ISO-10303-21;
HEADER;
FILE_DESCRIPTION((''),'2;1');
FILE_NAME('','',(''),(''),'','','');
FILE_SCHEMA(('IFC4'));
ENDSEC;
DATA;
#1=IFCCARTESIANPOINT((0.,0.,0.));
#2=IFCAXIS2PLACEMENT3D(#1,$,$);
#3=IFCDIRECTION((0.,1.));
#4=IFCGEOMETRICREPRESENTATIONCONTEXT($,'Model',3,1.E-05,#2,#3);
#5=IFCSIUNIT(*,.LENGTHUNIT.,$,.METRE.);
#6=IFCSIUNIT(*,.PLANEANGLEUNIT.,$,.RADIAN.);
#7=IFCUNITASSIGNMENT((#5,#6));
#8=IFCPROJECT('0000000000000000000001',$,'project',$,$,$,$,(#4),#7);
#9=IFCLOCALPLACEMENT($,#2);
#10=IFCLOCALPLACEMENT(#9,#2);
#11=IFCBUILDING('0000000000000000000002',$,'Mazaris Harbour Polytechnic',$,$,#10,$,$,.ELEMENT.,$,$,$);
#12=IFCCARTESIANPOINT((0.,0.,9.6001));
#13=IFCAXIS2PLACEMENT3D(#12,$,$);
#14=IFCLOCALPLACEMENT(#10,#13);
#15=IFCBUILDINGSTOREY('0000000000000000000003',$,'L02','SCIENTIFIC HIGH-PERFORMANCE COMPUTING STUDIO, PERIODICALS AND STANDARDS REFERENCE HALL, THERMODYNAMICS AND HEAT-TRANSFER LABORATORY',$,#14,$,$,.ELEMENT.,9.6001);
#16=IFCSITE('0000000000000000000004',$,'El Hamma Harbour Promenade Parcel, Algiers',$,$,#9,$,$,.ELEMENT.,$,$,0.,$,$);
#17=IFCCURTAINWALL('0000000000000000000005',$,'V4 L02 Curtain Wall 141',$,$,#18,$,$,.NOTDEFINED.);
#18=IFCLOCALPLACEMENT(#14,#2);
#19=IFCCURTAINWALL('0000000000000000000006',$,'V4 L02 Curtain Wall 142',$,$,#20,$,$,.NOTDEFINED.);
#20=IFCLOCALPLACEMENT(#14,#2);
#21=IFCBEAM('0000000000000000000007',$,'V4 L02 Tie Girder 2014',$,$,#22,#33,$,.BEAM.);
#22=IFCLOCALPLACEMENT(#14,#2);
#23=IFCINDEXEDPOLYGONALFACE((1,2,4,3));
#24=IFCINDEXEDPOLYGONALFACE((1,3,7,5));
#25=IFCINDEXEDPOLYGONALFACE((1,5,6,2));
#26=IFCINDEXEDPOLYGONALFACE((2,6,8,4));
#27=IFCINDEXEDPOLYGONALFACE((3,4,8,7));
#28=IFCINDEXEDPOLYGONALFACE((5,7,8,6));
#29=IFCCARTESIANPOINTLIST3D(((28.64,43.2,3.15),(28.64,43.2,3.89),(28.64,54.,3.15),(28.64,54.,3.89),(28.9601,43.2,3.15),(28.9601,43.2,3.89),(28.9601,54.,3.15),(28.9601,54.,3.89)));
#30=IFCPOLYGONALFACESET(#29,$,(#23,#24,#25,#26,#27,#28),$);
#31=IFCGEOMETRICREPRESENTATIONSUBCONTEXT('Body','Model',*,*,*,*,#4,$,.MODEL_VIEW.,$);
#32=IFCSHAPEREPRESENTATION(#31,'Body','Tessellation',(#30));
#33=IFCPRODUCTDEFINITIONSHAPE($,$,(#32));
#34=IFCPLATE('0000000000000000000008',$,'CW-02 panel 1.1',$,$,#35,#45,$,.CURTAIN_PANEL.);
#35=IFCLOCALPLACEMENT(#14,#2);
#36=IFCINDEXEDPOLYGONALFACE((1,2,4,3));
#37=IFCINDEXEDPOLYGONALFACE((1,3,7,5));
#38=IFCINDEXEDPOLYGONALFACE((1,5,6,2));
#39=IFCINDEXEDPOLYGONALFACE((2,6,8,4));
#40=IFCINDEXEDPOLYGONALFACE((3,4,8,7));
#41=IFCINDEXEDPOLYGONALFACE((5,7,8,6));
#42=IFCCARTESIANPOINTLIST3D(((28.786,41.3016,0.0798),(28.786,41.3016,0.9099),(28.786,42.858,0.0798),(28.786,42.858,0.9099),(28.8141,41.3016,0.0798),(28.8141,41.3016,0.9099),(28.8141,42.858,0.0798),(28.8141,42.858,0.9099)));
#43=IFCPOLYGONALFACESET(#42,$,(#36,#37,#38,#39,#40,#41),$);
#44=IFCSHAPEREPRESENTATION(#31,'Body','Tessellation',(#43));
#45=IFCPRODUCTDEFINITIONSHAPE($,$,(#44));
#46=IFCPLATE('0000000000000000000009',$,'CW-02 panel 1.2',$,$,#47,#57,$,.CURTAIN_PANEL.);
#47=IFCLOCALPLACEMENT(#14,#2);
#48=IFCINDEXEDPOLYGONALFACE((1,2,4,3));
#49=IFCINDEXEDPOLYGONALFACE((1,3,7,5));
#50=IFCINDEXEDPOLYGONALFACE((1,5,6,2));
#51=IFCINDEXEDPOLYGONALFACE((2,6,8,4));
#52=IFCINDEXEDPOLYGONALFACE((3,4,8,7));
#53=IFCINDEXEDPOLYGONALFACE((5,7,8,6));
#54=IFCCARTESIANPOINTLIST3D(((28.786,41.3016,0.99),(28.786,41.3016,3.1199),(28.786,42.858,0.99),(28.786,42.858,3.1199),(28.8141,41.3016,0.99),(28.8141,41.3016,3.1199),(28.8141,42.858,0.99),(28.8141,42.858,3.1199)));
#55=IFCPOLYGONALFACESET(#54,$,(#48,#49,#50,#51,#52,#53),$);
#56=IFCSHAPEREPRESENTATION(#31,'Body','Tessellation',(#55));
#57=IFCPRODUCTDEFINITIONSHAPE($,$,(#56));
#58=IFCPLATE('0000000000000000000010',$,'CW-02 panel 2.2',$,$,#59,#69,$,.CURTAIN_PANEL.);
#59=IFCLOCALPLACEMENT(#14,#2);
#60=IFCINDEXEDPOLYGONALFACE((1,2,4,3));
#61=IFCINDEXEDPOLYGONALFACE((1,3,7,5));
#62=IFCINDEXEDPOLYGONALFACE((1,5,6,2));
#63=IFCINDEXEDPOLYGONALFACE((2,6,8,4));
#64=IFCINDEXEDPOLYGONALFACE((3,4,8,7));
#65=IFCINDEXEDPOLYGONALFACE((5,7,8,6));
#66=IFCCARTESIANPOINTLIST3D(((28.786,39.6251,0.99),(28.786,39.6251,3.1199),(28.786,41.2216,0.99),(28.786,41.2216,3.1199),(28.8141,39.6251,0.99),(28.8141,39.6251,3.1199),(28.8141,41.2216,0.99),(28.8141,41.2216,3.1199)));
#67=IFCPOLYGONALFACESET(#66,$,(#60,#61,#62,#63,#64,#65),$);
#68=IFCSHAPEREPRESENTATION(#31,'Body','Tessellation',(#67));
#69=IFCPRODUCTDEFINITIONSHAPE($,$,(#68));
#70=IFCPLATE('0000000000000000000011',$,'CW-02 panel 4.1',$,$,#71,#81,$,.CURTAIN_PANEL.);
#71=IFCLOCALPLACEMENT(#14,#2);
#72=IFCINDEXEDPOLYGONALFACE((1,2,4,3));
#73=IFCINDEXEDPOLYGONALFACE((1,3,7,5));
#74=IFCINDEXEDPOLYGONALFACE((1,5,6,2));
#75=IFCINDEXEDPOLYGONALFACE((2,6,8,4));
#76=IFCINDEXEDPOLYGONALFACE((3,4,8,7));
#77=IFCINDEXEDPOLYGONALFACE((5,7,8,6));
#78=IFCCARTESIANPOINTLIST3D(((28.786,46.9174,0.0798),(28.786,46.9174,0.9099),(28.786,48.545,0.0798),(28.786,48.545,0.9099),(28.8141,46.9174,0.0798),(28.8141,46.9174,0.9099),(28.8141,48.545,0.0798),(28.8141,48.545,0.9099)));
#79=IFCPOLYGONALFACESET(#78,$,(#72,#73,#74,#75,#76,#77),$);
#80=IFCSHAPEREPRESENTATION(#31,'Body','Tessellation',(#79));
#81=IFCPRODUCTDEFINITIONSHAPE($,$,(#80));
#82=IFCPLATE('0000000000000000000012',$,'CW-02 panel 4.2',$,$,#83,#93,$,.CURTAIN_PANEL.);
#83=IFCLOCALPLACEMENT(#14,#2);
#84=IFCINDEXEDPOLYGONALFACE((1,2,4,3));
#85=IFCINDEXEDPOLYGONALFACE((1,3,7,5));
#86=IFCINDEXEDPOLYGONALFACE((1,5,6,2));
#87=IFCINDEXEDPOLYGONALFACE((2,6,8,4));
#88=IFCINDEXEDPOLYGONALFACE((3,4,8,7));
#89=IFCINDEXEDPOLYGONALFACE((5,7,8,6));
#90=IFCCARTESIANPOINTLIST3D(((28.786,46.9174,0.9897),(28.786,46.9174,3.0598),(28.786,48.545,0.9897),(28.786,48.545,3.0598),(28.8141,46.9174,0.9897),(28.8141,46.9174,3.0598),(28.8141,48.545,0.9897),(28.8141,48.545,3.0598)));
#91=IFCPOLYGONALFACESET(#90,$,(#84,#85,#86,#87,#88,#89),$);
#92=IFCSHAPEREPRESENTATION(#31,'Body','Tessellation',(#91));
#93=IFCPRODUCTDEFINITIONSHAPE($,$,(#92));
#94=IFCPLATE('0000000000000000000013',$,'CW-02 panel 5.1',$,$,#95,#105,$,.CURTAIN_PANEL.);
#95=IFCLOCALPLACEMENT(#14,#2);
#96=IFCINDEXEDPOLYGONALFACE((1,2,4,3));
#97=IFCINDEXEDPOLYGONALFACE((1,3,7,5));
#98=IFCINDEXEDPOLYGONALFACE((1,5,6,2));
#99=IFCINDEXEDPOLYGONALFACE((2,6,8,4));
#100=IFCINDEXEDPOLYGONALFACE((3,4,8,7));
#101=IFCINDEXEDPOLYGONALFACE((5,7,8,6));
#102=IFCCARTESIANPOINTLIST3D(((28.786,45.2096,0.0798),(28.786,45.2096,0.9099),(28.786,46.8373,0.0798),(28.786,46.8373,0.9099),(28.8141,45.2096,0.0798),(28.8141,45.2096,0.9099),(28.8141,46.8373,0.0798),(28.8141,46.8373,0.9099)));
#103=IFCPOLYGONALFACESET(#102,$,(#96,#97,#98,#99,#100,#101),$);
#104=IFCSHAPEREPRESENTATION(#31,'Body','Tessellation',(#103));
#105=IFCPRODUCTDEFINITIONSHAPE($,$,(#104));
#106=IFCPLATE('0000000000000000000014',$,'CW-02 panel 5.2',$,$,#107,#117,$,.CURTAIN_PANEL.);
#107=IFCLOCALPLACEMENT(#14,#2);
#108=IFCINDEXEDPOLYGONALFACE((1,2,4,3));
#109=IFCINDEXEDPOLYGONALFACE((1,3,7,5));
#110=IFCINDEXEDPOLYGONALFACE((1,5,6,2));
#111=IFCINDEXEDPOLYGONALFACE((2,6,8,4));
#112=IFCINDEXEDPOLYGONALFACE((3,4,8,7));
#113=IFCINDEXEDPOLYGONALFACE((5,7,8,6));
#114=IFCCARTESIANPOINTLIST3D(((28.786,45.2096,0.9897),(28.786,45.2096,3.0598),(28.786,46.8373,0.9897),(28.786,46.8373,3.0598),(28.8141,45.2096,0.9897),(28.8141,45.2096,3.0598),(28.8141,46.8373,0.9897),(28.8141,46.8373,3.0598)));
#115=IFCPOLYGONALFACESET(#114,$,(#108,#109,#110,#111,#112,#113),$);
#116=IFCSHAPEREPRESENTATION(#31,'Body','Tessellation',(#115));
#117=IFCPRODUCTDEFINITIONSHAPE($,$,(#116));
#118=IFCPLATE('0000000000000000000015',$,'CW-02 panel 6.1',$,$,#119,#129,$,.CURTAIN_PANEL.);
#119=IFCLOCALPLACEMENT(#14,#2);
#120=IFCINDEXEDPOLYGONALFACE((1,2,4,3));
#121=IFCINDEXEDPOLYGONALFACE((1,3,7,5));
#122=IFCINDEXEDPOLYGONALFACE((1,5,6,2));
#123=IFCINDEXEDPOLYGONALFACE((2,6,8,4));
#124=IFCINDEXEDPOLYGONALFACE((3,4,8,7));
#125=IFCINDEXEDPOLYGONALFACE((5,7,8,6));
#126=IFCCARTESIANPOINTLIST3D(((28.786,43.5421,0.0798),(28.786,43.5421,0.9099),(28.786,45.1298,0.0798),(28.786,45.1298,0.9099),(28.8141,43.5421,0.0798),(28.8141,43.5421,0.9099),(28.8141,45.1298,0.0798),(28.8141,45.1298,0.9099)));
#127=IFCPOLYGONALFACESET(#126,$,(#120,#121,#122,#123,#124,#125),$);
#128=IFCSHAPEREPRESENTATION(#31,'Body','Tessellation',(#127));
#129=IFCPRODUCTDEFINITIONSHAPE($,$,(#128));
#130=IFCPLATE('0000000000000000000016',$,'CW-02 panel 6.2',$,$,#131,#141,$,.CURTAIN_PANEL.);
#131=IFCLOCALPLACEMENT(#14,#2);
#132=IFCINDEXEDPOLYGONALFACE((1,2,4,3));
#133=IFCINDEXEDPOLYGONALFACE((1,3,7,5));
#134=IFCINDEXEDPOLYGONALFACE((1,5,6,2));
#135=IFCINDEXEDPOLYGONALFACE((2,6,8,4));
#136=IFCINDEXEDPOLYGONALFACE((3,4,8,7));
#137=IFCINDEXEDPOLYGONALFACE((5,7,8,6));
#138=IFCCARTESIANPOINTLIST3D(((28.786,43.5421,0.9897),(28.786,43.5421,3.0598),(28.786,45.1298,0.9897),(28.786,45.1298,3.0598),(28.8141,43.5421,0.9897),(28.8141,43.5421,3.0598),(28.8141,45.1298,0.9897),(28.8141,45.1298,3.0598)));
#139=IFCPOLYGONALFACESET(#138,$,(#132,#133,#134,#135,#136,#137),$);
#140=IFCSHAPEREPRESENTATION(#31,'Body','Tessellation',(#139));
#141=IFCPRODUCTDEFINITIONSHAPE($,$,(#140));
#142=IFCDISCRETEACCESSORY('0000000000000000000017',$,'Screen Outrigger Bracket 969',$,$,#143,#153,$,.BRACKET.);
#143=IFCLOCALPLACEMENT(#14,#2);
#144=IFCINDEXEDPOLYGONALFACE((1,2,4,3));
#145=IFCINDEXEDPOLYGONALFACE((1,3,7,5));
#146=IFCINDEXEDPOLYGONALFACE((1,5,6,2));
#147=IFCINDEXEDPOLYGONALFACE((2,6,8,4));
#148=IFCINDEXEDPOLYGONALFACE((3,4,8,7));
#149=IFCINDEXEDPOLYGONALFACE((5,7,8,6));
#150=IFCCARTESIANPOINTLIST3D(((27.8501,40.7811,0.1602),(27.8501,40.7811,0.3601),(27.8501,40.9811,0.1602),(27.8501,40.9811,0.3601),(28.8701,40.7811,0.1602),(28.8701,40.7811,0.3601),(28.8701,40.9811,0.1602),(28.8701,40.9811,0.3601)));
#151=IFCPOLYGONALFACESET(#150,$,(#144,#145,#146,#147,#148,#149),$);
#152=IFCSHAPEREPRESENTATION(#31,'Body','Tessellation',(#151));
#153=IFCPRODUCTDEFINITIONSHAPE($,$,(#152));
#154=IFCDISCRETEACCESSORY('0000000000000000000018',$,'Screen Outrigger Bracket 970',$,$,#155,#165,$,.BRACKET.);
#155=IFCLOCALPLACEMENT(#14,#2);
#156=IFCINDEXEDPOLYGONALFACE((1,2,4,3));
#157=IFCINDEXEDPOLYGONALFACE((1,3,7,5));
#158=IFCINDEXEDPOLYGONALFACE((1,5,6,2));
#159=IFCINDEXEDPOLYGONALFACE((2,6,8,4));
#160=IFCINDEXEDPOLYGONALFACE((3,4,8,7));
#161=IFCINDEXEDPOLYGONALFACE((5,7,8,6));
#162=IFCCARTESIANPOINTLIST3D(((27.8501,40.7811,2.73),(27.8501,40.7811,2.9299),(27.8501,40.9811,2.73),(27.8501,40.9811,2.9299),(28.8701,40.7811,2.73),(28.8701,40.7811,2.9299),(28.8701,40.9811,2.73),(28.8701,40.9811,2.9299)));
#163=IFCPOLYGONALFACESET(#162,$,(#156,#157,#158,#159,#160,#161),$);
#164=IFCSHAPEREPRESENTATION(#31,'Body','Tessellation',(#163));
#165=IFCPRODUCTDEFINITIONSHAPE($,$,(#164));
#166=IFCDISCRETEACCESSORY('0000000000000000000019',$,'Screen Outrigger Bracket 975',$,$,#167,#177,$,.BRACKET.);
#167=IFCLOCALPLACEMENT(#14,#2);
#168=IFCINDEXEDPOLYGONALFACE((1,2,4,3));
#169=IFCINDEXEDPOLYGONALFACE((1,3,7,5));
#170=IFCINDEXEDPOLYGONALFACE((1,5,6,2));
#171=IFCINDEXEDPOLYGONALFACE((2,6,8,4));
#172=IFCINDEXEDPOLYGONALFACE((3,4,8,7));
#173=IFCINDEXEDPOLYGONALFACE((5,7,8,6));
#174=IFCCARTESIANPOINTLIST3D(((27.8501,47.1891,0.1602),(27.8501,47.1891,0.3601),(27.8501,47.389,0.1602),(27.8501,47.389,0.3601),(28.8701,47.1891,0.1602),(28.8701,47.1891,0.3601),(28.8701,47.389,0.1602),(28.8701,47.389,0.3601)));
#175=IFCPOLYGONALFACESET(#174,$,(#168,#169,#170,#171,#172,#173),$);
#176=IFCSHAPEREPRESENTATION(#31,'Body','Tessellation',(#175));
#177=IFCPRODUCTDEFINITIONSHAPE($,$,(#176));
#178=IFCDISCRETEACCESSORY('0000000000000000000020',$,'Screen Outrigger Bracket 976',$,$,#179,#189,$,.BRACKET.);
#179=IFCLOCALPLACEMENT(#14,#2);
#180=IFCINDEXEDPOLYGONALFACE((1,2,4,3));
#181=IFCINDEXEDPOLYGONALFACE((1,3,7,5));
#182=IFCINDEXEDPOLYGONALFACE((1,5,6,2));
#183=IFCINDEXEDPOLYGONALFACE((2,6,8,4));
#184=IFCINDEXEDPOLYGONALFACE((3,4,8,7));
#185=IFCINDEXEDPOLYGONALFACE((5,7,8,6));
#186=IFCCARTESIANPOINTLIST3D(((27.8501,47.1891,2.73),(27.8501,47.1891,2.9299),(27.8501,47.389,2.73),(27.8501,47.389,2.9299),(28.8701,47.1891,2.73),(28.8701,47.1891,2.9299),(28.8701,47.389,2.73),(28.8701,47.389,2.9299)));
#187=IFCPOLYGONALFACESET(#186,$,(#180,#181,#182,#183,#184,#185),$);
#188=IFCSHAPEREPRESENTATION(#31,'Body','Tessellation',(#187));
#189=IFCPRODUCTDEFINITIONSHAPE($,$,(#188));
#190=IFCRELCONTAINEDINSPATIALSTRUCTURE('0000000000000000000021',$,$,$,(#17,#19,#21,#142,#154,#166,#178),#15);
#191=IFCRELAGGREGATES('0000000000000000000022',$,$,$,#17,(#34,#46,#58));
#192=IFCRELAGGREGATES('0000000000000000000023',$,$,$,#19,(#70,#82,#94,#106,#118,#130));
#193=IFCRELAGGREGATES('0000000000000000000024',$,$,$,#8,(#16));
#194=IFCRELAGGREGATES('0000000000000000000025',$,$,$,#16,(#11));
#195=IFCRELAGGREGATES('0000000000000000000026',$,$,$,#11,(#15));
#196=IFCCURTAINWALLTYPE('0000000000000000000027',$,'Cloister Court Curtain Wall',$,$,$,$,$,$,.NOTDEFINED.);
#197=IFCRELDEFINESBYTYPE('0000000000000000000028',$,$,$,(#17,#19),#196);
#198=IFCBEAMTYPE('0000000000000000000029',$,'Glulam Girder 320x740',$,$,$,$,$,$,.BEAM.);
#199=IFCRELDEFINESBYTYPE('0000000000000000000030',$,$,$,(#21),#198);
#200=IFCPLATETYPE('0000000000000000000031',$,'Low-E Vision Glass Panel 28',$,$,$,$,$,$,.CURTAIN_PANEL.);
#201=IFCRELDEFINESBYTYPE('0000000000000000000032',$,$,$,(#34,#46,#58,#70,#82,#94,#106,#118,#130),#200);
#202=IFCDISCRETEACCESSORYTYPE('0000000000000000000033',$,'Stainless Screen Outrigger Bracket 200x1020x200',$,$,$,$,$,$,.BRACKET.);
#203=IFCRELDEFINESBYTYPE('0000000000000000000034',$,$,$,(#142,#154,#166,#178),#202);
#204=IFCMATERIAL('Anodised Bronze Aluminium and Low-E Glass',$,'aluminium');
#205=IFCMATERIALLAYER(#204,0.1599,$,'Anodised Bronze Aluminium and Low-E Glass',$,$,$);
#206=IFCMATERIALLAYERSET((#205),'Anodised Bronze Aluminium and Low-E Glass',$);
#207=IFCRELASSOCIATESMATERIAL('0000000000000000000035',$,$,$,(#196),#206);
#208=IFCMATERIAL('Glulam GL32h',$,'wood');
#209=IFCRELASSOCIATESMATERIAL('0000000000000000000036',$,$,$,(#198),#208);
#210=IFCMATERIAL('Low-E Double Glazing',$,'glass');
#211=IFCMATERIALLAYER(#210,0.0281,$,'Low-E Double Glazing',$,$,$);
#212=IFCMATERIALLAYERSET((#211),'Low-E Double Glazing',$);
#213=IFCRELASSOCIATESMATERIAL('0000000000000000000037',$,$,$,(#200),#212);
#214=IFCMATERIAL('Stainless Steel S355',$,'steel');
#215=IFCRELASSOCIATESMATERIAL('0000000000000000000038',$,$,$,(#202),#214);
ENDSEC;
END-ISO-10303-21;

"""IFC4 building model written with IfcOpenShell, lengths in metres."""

from ifc_helpers import new_model, si_unit, direction, frame, origin, origin_2d, place, context, subcontext, project, spatial, rectangle, extrude, material, layer, layer_set, material_profile, profile_set, type_object, element, aggregate, save


model = new_model("IFC4")

# Units and contexts
model_context = context("Model", 3, precision=1e-05, world=origin(), true_north=direction((0.0, 1.0)))
body_context = subcontext(model_context, "Body", "Model", "MODEL_VIEW")
ifc_project = project(units=[si_unit("LENGTHUNIT", "METRE"), si_unit("PLANEANGLEUNIT", "RADIAN")], contexts=[model_context])

# Site, building, storey
site_placement = place(None, origin())
site = spatial("IfcSite", under=ifc_project, at=site_placement, Name="El Hamma Harbour Promenade Parcel, Algiers", CompositionType="ELEMENT", RefElevation=0.0)
building_placement = place(site_placement, origin())
building = spatial("IfcBuilding", under=site, at=building_placement, Name="Mazaris Harbour Polytechnic", CompositionType="ELEMENT")
storey_placement = place(building_placement, frame((0.0, 0.0, 9.6001)))
storey = spatial("IfcBuildingStorey", under=building, at=storey_placement, Name="L02", Description="SCIENTIFIC HIGH-PERFORMANCE COMPUTING STUDIO, PERIODICALS AND STANDARDS REFERENCE HALL, THERMODYNAMICS AND HEAT-TRANSFER LABORATORY", CompositionType="ELEMENT", Elevation=9.6001)

# Curtain walls
ifc_material_1 = material(Name="Anodised Bronze Aluminium and Low-E Glass", Category="aluminium")
ifc_layer_1 = layer(ifc_material_1, 0.1599, Name="Anodised Bronze Aluminium and Low-E Glass")
ifc_layer_set_1 = layer_set([ifc_layer_1], Name="Anodised Bronze Aluminium and Low-E Glass")
curtain_wall_type = type_object("IfcCurtainWallType", Name="Cloister Court Curtain Wall", PredefinedType="NOTDEFINED", material=ifc_layer_set_1)
curtain_wall_1_placement = place(storey_placement, origin())
curtain_wall_1 = element("IfcCurtainWall", 1, at=curtain_wall_1_placement, inside=storey, type_object=curtain_wall_type, Name="V4 L02 Curtain Wall 141", PredefinedType="NOTDEFINED")
curtain_wall_2_placement = place(storey_placement, origin())
curtain_wall_2 = element("IfcCurtainWall", 2, at=curtain_wall_2_placement, inside=storey, type_object=curtain_wall_type, Name="V4 L02 Curtain Wall 142", PredefinedType="NOTDEFINED")

# Beam
ifc_material_2 = material(Name="Glulam GL32h", Category="wood")
ifc_material_profile_1 = material_profile(ifc_material_2, rectangle(XDim=0.3201, YDim=0.74, at=origin_2d()), Name="RECT320x740")
ifc_profile_set_1 = profile_set([ifc_material_profile_1], Name="Glulam GL32h")
beam_type_1 = type_object("IfcBeamType", Name="Glulam Girder 320x740", PredefinedType="BEAM", material=ifc_profile_set_1)
beam_1_placement = place(storey_placement, frame((28.8, 43.2, 3.52), z_axis=(0.0, 1.0, 0.0), x_axis=(-1.0, 0.0, 0.0)))
element("IfcBeam", 3, at=beam_1_placement, inside=storey, type_object=beam_type_1, Name="V4 L02 Tie Girder 2014", PredefinedType="BEAM", context=body_context, shape_type="SweptSolid", body=[
    extrude(rectangle(XDim=0.3201, YDim=0.74, at=origin_2d()), origin(), (0.0, 0.0, 1.0), 10.8),
])

# Plates
ifc_material_3 = material(Name="Low-E Double Glazing", Category="glass")
ifc_layer_2 = layer(ifc_material_3, 0.0281, Name="Low-E Double Glazing")
ifc_layer_set_2 = layer_set([ifc_layer_2], Name="Low-E Double Glazing")
plate_type = type_object("IfcPlateType", Name="Low-E Vision Glass Panel 28", PredefinedType="CURTAIN_PANEL", material=ifc_layer_set_2)
plate_1_placement = place(storey_placement, frame((28.8, 42.0798, 0.0798), z_axis=(0.0, 0.0, 1.0), x_axis=(0.0, -1.0, 0.0)))
plate_1 = element("IfcPlate", 4, at=plate_1_placement, type_object=plate_type, Name="CW-02 panel 1.1", PredefinedType="CURTAIN_PANEL", context=body_context, shape_type="SweptSolid", body=[
    extrude(rectangle(XDim=1.5564, YDim=0.0281, at=origin_2d()), origin(), (0.0, 0.0, 1.0), 0.8301),
])
plate_2_placement = place(storey_placement, frame((28.8, 42.0798, 0.99), z_axis=(0.0, 0.0, 1.0), x_axis=(0.0, -1.0, 0.0)))
plate_2 = element("IfcPlate", 5, at=plate_2_placement, type_object=plate_type, Name="CW-02 panel 1.2", PredefinedType="CURTAIN_PANEL", context=body_context, shape_type="SweptSolid", body=[
    extrude(rectangle(XDim=1.5564, YDim=0.0281, at=origin_2d()), origin(), (0.0, 0.0, 1.0), 2.1299),
])
plate_3_placement = place(storey_placement, frame((28.8, 40.4233, 0.99), z_axis=(0.0, 0.0, 1.0), x_axis=(0.0, -1.0, 0.0)))
plate_3 = element("IfcPlate", 6, at=plate_3_placement, type_object=plate_type, Name="CW-02 panel 2.2", PredefinedType="CURTAIN_PANEL", context=body_context, shape_type="SweptSolid", body=[
    extrude(rectangle(XDim=1.5964, YDim=0.0281, at=origin_2d()), origin(), (0.0, 0.0, 1.0), 2.1299),
])
aggregate(curtain_wall_1, [plate_1, plate_2, plate_3])
plate_4_placement = place(storey_placement, frame((28.8, 47.7312, 0.0798), z_axis=(0.0, 0.0, 1.0), x_axis=(0.0, -1.0, 0.0)))
plate_4 = element("IfcPlate", 7, at=plate_4_placement, type_object=plate_type, Name="CW-02 panel 4.1", PredefinedType="CURTAIN_PANEL", context=body_context, shape_type="SweptSolid", body=[
    extrude(rectangle(XDim=1.6277, YDim=0.0281, at=origin_2d()), origin(), (0.0, 0.0, 1.0), 0.8301),
])
plate_5_placement = place(storey_placement, frame((28.8, 47.7312, 0.9897), z_axis=(0.0, 0.0, 1.0), x_axis=(0.0, -1.0, 0.0)))
plate_5 = element("IfcPlate", 8, at=plate_5_placement, type_object=plate_type, Name="CW-02 panel 4.2", PredefinedType="CURTAIN_PANEL", context=body_context, shape_type="SweptSolid", body=[
    extrude(rectangle(XDim=1.6277, YDim=0.0281, at=origin_2d()), origin(), (0.0, 0.0, 1.0), 2.0701),
])
plate_6_placement = place(storey_placement, frame((28.8, 46.0234, 0.0798), z_axis=(0.0, 0.0, 1.0), x_axis=(0.0, -1.0, 0.0)))
plate_6 = element("IfcPlate", 9, at=plate_6_placement, type_object=plate_type, Name="CW-02 panel 5.1", PredefinedType="CURTAIN_PANEL", context=body_context, shape_type="SweptSolid", body=[
    extrude(rectangle(XDim=1.6277, YDim=0.0281, at=origin_2d()), origin(), (0.0, 0.0, 1.0), 0.8301),
])
plate_7_placement = place(storey_placement, frame((28.8, 46.0234, 0.9897), z_axis=(0.0, 0.0, 1.0), x_axis=(0.0, -1.0, 0.0)))
plate_7 = element("IfcPlate", 10, at=plate_7_placement, type_object=plate_type, Name="CW-02 panel 5.2", PredefinedType="CURTAIN_PANEL", context=body_context, shape_type="SweptSolid", body=[
    extrude(rectangle(XDim=1.6277, YDim=0.0281, at=origin_2d()), origin(), (0.0, 0.0, 1.0), 2.0701),
])
plate_8_placement = place(storey_placement, frame((28.8, 44.3359, 0.0798), z_axis=(0.0, 0.0, 1.0), x_axis=(0.0, -1.0, 0.0)))
plate_8 = element("IfcPlate", 11, at=plate_8_placement, type_object=plate_type, Name="CW-02 panel 6.1", PredefinedType="CURTAIN_PANEL", context=body_context, shape_type="SweptSolid", body=[
    extrude(rectangle(XDim=1.5876, YDim=0.0281, at=origin_2d()), origin(), (0.0, 0.0, 1.0), 0.8301),
])
plate_9_placement = place(storey_placement, frame((28.8, 44.3359, 0.9897), z_axis=(0.0, 0.0, 1.0), x_axis=(0.0, -1.0, 0.0)))
plate_9 = element("IfcPlate", 12, at=plate_9_placement, type_object=plate_type, Name="CW-02 panel 6.2", PredefinedType="CURTAIN_PANEL", context=body_context, shape_type="SweptSolid", body=[
    extrude(rectangle(XDim=1.5876, YDim=0.0281, at=origin_2d()), origin(), (0.0, 0.0, 1.0), 2.0701),
])
aggregate(curtain_wall_2, [plate_4, plate_5, plate_6, plate_7, plate_8, plate_9])

# Discrete accessories
ifc_material_4 = material(Name="Stainless Steel S355", Category="steel")
discrete_accessory_type = type_object("IfcDiscreteAccessoryType", Name="Stainless Screen Outrigger Bracket 200x1020x200", PredefinedType="BRACKET", material=ifc_material_4)
for number, where, z_axis, x_axis, name in (
    (13, (28.3601, 40.8811, 0.1602), (0.0, 0.0, 1.0), (0.0, -1.0, 0.0), "Screen Outrigger Bracket 969"),
    (14, (28.3601, 40.8811, 2.73), (0.0, 0.0, 1.0), (0.0, -1.0, 0.0), "Screen Outrigger Bracket 970"),
    (15, (28.3601, 47.2891, 0.1602), (0.0, 0.0, 1.0), (0.0, -1.0, 0.0), "Screen Outrigger Bracket 975"),
    (16, (28.3601, 47.2891, 2.73), (0.0, 0.0, 1.0), (0.0, -1.0, 0.0), "Screen Outrigger Bracket 976"),
):
    element("IfcDiscreteAccessory", number, at=place(storey_placement, frame(where, z_axis=z_axis, x_axis=x_axis)), inside=storey, type_object=discrete_accessory_type, Name=name, PredefinedType="BRACKET", context=body_context, shape_type="SweptSolid", body=[
        extrude(rectangle(XDim=0.2, YDim=1.02, at=origin_2d()), origin(), (0.0, 0.0, 1.0), 0.2),
    ])

save(model, "model.ifc")
